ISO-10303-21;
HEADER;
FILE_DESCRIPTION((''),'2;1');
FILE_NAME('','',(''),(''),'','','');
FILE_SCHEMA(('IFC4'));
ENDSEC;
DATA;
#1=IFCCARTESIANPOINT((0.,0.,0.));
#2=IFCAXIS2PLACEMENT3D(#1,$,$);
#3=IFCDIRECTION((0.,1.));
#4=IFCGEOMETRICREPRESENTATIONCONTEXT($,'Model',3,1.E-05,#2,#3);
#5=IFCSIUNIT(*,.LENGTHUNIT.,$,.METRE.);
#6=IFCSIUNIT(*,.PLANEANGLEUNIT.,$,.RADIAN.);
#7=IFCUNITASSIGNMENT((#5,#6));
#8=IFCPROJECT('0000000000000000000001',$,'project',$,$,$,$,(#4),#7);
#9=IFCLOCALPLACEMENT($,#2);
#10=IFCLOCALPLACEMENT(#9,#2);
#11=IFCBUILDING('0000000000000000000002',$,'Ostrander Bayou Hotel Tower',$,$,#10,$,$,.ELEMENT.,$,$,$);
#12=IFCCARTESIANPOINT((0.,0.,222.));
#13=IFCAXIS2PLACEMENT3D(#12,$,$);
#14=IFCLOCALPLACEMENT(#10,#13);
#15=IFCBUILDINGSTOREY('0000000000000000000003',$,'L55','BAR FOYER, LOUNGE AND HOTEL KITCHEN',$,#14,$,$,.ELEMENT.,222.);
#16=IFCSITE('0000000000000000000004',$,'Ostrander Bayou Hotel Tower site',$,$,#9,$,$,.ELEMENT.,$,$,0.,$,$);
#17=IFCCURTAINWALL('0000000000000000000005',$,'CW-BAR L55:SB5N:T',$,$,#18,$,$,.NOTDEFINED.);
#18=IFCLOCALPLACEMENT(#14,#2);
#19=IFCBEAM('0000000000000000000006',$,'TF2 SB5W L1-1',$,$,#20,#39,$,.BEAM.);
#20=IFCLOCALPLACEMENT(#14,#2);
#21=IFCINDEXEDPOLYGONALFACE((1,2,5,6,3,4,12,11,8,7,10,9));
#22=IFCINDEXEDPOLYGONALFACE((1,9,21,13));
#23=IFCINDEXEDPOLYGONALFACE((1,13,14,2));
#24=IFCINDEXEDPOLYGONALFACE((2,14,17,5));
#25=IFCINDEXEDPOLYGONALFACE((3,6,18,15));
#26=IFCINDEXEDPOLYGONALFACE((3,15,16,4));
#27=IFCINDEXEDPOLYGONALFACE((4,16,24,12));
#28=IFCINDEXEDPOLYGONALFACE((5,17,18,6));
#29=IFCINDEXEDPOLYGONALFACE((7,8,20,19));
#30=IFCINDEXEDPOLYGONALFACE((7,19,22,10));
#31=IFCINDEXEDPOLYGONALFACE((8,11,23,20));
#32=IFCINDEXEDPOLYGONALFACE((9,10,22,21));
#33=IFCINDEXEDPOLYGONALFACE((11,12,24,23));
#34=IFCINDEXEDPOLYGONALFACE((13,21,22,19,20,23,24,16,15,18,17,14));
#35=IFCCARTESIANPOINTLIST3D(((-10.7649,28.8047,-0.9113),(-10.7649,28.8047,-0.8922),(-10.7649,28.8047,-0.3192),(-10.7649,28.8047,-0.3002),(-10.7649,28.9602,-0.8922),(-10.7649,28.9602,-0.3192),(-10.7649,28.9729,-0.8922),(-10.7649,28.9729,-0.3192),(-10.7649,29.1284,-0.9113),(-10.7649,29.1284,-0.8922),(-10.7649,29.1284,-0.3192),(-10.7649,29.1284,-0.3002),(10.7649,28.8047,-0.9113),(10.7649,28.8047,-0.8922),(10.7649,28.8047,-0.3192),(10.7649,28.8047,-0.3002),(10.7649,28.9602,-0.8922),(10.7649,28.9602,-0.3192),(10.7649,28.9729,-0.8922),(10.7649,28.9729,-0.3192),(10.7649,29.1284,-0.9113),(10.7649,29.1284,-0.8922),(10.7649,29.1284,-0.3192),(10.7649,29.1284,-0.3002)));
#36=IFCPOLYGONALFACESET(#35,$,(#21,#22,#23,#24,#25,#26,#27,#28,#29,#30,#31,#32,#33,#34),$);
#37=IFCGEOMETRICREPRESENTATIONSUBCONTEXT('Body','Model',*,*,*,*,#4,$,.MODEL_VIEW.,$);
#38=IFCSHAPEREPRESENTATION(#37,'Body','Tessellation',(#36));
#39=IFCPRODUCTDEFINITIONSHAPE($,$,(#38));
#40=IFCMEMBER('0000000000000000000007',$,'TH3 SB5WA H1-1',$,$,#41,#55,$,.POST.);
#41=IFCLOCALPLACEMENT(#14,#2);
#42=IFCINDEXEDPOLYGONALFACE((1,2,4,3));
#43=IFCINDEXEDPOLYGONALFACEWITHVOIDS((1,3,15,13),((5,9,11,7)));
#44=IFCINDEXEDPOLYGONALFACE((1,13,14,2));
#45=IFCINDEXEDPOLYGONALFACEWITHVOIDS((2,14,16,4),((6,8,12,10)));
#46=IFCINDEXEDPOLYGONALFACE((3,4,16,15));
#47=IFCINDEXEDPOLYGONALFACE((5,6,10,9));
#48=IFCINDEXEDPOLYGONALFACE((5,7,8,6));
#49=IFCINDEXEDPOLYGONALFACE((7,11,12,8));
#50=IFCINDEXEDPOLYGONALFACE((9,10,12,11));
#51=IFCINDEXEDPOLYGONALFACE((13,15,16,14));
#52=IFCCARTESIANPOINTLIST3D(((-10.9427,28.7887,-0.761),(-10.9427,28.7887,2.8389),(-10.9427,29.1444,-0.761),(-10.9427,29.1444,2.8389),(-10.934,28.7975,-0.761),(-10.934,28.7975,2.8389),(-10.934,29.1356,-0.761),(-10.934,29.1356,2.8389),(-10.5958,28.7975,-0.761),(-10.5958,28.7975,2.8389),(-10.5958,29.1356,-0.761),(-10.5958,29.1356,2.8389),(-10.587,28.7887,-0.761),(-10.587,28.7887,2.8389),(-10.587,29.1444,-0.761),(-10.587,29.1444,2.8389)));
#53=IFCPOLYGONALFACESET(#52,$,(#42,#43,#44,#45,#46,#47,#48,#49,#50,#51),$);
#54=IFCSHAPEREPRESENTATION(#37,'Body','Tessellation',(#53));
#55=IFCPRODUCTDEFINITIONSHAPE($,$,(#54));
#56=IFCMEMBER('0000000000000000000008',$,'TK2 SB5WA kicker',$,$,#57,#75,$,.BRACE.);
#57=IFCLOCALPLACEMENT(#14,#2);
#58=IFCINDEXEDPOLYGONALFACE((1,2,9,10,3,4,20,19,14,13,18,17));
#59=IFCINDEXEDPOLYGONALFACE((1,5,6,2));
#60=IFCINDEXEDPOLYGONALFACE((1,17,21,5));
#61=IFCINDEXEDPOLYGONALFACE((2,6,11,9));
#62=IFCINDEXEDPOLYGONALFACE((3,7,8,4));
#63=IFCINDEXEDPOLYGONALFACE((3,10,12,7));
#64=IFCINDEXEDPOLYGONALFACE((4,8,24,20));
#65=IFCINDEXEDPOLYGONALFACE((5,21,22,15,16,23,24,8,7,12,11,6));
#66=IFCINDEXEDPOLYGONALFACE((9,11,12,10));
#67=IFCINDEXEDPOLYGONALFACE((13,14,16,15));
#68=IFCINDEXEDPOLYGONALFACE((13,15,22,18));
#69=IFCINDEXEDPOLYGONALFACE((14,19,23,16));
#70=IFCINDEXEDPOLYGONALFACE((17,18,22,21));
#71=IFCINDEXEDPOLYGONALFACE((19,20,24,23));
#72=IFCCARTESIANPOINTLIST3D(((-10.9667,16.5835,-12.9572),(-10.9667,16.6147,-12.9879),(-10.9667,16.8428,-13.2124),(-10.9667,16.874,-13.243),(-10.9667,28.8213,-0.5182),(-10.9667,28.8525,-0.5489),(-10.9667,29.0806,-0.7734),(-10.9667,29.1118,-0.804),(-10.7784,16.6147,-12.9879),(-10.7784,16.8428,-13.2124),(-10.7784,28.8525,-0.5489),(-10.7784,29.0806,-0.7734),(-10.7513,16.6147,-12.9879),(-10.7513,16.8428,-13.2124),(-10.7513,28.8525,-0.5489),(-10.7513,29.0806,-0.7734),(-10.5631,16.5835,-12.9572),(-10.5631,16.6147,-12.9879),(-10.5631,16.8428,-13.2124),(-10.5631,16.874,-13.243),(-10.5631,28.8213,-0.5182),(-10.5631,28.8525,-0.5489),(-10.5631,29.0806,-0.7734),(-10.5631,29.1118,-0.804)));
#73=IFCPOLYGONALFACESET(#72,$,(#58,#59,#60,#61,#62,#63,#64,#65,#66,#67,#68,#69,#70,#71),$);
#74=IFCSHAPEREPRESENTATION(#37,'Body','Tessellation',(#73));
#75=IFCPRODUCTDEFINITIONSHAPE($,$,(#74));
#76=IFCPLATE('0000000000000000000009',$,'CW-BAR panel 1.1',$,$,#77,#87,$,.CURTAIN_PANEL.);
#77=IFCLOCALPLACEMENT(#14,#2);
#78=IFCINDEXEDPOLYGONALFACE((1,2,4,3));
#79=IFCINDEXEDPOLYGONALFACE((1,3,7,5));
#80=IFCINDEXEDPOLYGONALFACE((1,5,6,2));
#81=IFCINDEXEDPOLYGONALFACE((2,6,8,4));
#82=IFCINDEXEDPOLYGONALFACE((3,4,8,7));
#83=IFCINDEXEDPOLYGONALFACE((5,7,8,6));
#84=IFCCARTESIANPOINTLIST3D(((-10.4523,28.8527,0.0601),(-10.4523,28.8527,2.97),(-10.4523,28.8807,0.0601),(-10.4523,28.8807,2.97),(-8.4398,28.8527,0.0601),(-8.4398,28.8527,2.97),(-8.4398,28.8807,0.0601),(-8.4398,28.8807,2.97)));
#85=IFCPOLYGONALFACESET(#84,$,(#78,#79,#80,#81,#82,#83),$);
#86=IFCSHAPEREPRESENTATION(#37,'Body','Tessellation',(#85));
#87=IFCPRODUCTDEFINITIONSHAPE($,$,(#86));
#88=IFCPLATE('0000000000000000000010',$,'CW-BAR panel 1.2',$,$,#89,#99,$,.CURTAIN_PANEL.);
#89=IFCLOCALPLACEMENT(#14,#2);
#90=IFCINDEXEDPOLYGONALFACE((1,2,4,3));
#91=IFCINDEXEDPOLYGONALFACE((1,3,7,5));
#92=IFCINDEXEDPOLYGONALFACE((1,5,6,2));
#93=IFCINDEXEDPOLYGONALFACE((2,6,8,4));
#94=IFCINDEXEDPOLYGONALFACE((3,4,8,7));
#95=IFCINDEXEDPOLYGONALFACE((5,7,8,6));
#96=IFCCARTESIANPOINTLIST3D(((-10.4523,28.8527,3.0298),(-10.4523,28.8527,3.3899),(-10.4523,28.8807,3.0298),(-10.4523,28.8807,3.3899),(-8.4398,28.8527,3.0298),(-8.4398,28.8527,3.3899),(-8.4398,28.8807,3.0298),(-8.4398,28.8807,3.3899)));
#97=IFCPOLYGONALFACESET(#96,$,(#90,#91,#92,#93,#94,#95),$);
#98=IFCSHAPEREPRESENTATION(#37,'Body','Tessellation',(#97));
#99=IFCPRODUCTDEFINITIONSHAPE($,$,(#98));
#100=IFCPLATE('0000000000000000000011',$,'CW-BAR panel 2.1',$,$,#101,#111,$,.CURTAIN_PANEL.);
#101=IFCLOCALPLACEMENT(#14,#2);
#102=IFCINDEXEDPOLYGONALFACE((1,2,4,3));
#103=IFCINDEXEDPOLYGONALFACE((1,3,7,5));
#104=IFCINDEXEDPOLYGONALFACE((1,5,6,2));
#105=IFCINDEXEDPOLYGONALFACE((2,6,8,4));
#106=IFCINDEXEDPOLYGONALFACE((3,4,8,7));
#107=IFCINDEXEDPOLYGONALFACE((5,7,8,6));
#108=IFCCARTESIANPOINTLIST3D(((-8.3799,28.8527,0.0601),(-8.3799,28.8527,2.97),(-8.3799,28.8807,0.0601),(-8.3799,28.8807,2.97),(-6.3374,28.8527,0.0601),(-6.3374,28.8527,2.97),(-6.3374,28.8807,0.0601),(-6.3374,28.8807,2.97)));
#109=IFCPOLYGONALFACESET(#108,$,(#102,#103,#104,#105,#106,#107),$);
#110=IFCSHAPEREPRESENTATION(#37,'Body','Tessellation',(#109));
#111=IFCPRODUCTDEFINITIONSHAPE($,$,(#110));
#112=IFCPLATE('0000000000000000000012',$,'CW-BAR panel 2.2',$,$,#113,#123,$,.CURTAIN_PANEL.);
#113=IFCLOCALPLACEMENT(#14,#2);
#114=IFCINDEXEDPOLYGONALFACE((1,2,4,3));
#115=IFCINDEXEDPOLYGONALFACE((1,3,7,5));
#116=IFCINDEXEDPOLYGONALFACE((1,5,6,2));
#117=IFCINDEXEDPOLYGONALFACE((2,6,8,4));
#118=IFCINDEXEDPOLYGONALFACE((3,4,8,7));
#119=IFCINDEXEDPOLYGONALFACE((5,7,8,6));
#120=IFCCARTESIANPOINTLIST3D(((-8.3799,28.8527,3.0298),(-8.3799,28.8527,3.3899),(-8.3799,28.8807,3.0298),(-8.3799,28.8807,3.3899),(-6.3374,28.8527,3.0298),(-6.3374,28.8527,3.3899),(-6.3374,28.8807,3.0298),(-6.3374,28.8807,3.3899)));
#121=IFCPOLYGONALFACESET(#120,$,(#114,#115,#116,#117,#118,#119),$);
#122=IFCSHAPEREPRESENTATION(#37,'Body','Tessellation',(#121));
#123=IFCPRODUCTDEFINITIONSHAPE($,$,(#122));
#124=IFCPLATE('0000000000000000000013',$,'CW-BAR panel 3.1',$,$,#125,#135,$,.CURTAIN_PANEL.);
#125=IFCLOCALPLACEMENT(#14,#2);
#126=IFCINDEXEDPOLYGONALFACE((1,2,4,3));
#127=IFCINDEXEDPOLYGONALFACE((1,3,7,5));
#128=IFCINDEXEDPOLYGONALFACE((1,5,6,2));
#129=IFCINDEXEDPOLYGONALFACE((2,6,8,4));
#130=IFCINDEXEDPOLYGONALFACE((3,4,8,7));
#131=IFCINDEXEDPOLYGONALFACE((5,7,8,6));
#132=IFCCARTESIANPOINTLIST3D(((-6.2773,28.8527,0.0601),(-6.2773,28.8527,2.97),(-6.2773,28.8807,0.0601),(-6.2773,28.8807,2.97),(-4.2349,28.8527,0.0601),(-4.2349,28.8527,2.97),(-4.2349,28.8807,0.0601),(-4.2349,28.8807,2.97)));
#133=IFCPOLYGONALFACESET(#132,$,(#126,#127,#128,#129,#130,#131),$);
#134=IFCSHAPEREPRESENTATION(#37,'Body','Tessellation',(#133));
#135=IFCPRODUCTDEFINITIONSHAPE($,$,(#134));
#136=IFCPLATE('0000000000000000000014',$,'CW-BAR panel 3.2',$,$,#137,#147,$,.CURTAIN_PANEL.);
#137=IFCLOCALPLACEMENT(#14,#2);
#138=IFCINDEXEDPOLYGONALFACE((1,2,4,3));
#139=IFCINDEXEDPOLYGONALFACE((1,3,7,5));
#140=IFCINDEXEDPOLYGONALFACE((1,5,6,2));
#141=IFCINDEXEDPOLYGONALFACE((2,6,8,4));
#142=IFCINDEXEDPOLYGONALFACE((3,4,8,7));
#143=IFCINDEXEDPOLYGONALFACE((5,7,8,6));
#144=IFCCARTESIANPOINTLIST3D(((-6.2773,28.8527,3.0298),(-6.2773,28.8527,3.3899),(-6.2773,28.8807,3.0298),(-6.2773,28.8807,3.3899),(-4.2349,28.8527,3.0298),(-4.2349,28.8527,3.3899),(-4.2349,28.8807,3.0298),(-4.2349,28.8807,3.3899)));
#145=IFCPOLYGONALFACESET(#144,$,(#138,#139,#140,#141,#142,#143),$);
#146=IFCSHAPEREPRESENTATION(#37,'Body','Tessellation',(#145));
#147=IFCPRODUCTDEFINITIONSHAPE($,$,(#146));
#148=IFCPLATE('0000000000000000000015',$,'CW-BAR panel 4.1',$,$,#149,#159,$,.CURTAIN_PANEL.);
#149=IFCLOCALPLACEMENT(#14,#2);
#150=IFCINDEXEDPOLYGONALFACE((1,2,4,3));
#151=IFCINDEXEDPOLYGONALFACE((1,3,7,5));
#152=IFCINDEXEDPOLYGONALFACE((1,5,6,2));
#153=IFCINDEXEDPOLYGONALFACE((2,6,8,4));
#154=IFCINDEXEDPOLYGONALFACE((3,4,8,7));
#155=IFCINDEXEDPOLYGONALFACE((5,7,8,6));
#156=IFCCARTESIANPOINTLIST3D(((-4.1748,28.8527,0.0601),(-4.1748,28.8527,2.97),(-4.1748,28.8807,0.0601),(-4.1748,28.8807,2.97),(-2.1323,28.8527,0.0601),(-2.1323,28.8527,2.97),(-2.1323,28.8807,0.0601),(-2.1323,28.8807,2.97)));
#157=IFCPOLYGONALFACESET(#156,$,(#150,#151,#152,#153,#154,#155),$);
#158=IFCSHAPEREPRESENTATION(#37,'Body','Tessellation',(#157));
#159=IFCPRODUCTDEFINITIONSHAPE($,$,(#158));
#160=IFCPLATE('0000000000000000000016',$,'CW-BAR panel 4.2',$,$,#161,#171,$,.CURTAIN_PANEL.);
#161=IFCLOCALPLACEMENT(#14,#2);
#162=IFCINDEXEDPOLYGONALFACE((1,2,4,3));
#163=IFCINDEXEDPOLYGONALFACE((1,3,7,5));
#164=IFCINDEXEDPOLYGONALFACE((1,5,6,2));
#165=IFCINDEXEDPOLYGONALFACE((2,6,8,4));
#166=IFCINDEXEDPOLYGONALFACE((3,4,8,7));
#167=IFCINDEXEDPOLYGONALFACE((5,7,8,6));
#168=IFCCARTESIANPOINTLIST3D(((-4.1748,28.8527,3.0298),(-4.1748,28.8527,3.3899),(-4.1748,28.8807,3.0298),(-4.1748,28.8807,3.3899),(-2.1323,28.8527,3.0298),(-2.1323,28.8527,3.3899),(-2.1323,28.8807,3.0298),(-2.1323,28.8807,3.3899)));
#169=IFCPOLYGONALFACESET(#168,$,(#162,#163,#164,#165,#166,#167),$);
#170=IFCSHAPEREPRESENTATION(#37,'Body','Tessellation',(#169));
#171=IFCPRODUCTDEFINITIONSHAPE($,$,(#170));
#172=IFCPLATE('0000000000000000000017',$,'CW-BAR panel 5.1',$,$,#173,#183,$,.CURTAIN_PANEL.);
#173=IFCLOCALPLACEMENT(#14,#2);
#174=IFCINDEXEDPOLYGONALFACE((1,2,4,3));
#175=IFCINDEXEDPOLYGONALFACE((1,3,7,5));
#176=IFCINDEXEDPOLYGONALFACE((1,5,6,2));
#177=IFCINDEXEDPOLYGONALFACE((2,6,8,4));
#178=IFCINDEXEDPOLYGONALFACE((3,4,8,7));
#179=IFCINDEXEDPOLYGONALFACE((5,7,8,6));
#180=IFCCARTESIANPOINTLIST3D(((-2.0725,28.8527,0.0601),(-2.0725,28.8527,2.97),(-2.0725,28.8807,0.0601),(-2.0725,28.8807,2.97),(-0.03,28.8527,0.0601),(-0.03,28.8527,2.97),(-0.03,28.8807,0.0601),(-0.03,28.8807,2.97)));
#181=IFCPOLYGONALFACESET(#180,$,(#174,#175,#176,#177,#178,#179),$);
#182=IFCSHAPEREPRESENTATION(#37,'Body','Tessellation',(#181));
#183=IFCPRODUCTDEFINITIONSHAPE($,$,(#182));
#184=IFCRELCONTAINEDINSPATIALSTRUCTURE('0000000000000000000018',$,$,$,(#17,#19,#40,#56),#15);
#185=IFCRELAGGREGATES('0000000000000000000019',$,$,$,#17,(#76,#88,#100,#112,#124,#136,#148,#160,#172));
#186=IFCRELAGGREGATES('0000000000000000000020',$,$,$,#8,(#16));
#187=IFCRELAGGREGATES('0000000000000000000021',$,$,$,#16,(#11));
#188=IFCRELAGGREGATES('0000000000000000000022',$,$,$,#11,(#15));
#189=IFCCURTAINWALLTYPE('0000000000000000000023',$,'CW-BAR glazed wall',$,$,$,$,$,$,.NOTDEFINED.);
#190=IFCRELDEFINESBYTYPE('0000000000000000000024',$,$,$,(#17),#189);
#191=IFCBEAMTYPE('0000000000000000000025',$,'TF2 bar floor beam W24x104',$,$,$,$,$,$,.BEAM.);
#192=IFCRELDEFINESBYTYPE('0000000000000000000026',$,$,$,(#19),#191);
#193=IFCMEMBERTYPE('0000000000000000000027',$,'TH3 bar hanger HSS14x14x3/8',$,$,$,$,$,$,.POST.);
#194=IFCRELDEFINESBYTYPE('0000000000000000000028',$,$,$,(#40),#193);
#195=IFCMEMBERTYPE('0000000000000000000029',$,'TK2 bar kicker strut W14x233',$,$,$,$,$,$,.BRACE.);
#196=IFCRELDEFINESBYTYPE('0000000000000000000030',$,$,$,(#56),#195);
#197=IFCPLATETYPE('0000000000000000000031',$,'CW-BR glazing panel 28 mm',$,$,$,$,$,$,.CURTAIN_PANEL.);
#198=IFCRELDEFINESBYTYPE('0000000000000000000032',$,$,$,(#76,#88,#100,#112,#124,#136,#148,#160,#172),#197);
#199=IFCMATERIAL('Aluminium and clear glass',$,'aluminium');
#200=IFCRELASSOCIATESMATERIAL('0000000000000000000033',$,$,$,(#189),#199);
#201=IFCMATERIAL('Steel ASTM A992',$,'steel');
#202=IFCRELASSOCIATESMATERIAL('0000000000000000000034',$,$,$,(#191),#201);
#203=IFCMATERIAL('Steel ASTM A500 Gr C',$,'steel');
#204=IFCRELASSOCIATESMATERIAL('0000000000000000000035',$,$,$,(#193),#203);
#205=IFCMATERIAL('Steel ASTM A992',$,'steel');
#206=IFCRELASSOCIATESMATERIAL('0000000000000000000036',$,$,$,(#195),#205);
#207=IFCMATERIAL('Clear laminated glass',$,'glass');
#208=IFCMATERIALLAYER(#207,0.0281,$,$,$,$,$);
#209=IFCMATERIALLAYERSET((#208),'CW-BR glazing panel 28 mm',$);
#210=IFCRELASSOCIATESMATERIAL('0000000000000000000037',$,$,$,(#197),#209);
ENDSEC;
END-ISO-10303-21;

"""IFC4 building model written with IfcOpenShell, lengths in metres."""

from ifc_helpers import new_model, si_unit, direction, frame, origin, origin_2d, place, context, subcontext, project, spatial, rectangle, hollow_rectangle, i_section, extrude, material, layer, layer_set, material_profile, profile_set, type_object, element, aggregate, save


model = new_model("IFC4")

# Units and contexts
model_context = context("Model", 3, precision=1e-05, world=origin(), true_north=direction((0.0, 1.0)))
body_context = subcontext(model_context, "Body", "Model", "MODEL_VIEW")
ifc_project = project(units=[si_unit("LENGTHUNIT", "METRE"), si_unit("PLANEANGLEUNIT", "RADIAN")], contexts=[model_context])

# Site, building, storey
site_placement = place(None, origin())
site = spatial("IfcSite", under=ifc_project, at=site_placement, Name="Ostrander Bayou Hotel Tower site", CompositionType="ELEMENT", RefElevation=0.0)
building_placement = place(site_placement, origin())
building = spatial("IfcBuilding", under=site, at=building_placement, Name="Ostrander Bayou Hotel Tower", CompositionType="ELEMENT")
storey_placement = place(building_placement, frame((0.0, 0.0, 222.0)))
storey = spatial("IfcBuildingStorey", under=building, at=storey_placement, Name="L55", Description="BAR FOYER, LOUNGE AND HOTEL KITCHEN", CompositionType="ELEMENT", Elevation=222.0)

# Shared definitions
ifc_material_1 = material(Name="Aluminium and clear glass", Category="aluminium")
curtain_wall_type = type_object("IfcCurtainWallType", Name="CW-BAR glazed wall", PredefinedType="NOTDEFINED", material=ifc_material_1)

# Curtain wall
curtain_wall_1_placement = place(storey_placement, origin())
curtain_wall_1 = element("IfcCurtainWall", 1, at=curtain_wall_1_placement, inside=storey, type_object=curtain_wall_type, Name="CW-BAR L55:SB5N:T", PredefinedType="NOTDEFINED")

# Beam
ifc_material_2 = material(Name="Steel ASTM A992", Category="steel")
ifc_material_profile_1 = material_profile(ifc_material_2, i_section(OverallWidth=0.3237, OverallDepth=0.6111, WebThickness=0.0127, FlangeThickness=0.019, at=origin_2d()))
ifc_profile_set_1 = profile_set([ifc_material_profile_1], Name="Steel ASTM A992")
beam_type = type_object("IfcBeamType", Name="TF2 bar floor beam W24x104", PredefinedType="BEAM", material=ifc_profile_set_1)
beam_placement = place(storey_placement, frame((-10.7649, 28.9666, -0.6057), z_axis=(1.0, 0.0, 0.0), x_axis=(0.0, 1.0, 0.0)))
element("IfcBeam", 2, at=beam_placement, inside=storey, type_object=beam_type, Name="TF2 SB5W L1-1", PredefinedType="BEAM", context=body_context, shape_type="SweptSolid", body=[
    extrude(i_section(OverallWidth=0.3237, OverallDepth=0.6111, WebThickness=0.0127, FlangeThickness=0.019, at=origin_2d()), origin(), (0.0, 0.0, 1.0), 21.5298),
])

# Members
ifc_material_3 = material(Name="Steel ASTM A500 Gr C", Category="steel")
ifc_material_profile_2 = material_profile(ifc_material_3, hollow_rectangle(XDim=0.3557, YDim=0.3557, WallThickness=0.0088, at=origin_2d()))
ifc_profile_set_2 = profile_set([ifc_material_profile_2], Name="Steel ASTM A500 Gr C")
member_type_1 = type_object("IfcMemberType", Name="TH3 bar hanger HSS14x14x3/8", PredefinedType="POST", material=ifc_profile_set_2)
member_1_placement = place(storey_placement, frame((-10.7649, 28.9666, -0.761), z_axis=(0.0, 0.0, 1.0), x_axis=(1.0, 0.0, 0.0)))
element("IfcMember", 3, at=member_1_placement, inside=storey, type_object=member_type_1, Name="TH3 SB5WA H1-1", PredefinedType="POST", context=body_context, shape_type="SweptSolid", body=[
    extrude(hollow_rectangle(XDim=0.3557, YDim=0.3557, WallThickness=0.0088, at=origin_2d()), origin(), (0.0, 0.0, 1.0), 3.5999),
])
ifc_material_4 = material(Name="Steel ASTM A992", Category="steel")
ifc_material_profile_3 = material_profile(ifc_material_4, i_section(OverallWidth=0.4036, OverallDepth=0.4075, WebThickness=0.0271, FlangeThickness=0.0437, at=origin_2d()))
ifc_profile_set_3 = profile_set([ifc_material_profile_3], Name="Steel ASTM A992")
member_type_2 = type_object("IfcMemberType", Name="TK2 bar kicker strut W14x233", PredefinedType="BRACE", material=ifc_profile_set_3)
member_2_placement = place(storey_placement, frame((-10.7649, 28.9666, -0.6611), z_axis=(0.0, -0.701319, -0.712848), x_axis=(1.0, 0.0, 0.0)))
element("IfcMember", 4, at=member_2_placement, inside=storey, type_object=member_type_2, Name="TK2 SB5WA kicker", PredefinedType="BRACE", context=body_context, shape_type="SweptSolid", body=[
    extrude(i_section(OverallWidth=0.4036, OverallDepth=0.4075, WebThickness=0.0271, FlangeThickness=0.0437, at=origin_2d()), origin(), (0.0, 0.0, 1.0), 17.4497),
])

# Plates
ifc_material_5 = material(Name="Clear laminated glass", Category="glass")
ifc_layer_1 = layer(ifc_material_5, 0.0281)
ifc_layer_set_1 = layer_set([ifc_layer_1], Name="CW-BR glazing panel 28 mm")
plate_type = type_object("IfcPlateType", Name="CW-BR glazing panel 28 mm", PredefinedType="CURTAIN_PANEL", material=ifc_layer_set_1)
plate_1_placement = place(storey_placement, frame((-9.446, 28.8667, 0.0601), z_axis=(0.0, 0.0, 1.0), x_axis=(1.0, 0.0, 0.0)))
plate_1 = element("IfcPlate", 5, at=plate_1_placement, type_object=plate_type, Name="CW-BAR panel 1.1", PredefinedType="CURTAIN_PANEL", context=body_context, shape_type="SweptSolid", body=[
    extrude(rectangle(XDim=2.0125, YDim=0.0281, at=origin_2d()), origin(), (0.0, 0.0, 1.0), 2.9099),
])
plate_2_placement = place(storey_placement, frame((-9.446, 28.8667, 3.0298), z_axis=(0.0, 0.0, 1.0), x_axis=(1.0, 0.0, 0.0)))
plate_2 = element("IfcPlate", 6, at=plate_2_placement, type_object=plate_type, Name="CW-BAR panel 1.2", PredefinedType="CURTAIN_PANEL", context=body_context, shape_type="SweptSolid", body=[
    extrude(rectangle(XDim=2.0125, YDim=0.0281, at=origin_2d()), origin(), (0.0, 0.0, 1.0), 0.3601),
])
plate_3_placement = place(storey_placement, frame((-7.3586, 28.8667, 0.0601), z_axis=(0.0, 0.0, 1.0), x_axis=(1.0, 0.0, 0.0)))
plate_3 = element("IfcPlate", 7, at=plate_3_placement, type_object=plate_type, Name="CW-BAR panel 2.1", PredefinedType="CURTAIN_PANEL", context=body_context, shape_type="SweptSolid", body=[
    extrude(rectangle(XDim=2.0425, YDim=0.0281, at=origin_2d()), origin(), (0.0, 0.0, 1.0), 2.9099),
])
plate_4_placement = place(storey_placement, frame((-7.3586, 28.8667, 3.0298), z_axis=(0.0, 0.0, 1.0), x_axis=(1.0, 0.0, 0.0)))
plate_4 = element("IfcPlate", 8, at=plate_4_placement, type_object=plate_type, Name="CW-BAR panel 2.2", PredefinedType="CURTAIN_PANEL", context=body_context, shape_type="SweptSolid", body=[
    extrude(rectangle(XDim=2.0425, YDim=0.0281, at=origin_2d()), origin(), (0.0, 0.0, 1.0), 0.3601),
])
plate_5_placement = place(storey_placement, frame((-5.2561, 28.8667, 0.0601), z_axis=(0.0, 0.0, 1.0), x_axis=(1.0, 0.0, 0.0)))
plate_5 = element("IfcPlate", 9, at=plate_5_placement, type_object=plate_type, Name="CW-BAR panel 3.1", PredefinedType="CURTAIN_PANEL", context=body_context, shape_type="SweptSolid", body=[
    extrude(rectangle(XDim=2.0425, YDim=0.0281, at=origin_2d()), origin(), (0.0, 0.0, 1.0), 2.9099),
])
plate_6_placement = place(storey_placement, frame((-5.2561, 28.8667, 3.0298), z_axis=(0.0, 0.0, 1.0), x_axis=(1.0, 0.0, 0.0)))
plate_6 = element("IfcPlate", 10, at=plate_6_placement, type_object=plate_type, Name="CW-BAR panel 3.2", PredefinedType="CURTAIN_PANEL", context=body_context, shape_type="SweptSolid", body=[
    extrude(rectangle(XDim=2.0425, YDim=0.0281, at=origin_2d()), origin(), (0.0, 0.0, 1.0), 0.3601),
])
plate_7_placement = place(storey_placement, frame((-3.1536, 28.8667, 0.0601), z_axis=(0.0, 0.0, 1.0), x_axis=(1.0, 0.0, 0.0)))
plate_7 = element("IfcPlate", 11, at=plate_7_placement, type_object=plate_type, Name="CW-BAR panel 4.1", PredefinedType="CURTAIN_PANEL", context=body_context, shape_type="SweptSolid", body=[
    extrude(rectangle(XDim=2.0425, YDim=0.0281, at=origin_2d()), origin(), (0.0, 0.0, 1.0), 2.9099),
])
plate_8_placement = place(storey_placement, frame((-3.1536, 28.8667, 3.0298), z_axis=(0.0, 0.0, 1.0), x_axis=(1.0, 0.0, 0.0)))
plate_8 = element("IfcPlate", 12, at=plate_8_placement, type_object=plate_type, Name="CW-BAR panel 4.2", PredefinedType="CURTAIN_PANEL", context=body_context, shape_type="SweptSolid", body=[
    extrude(rectangle(XDim=2.0425, YDim=0.0281, at=origin_2d()), origin(), (0.0, 0.0, 1.0), 0.3601),
])
plate_9_placement = place(storey_placement, frame((-1.0513, 28.8667, 0.0601), z_axis=(0.0, 0.0, 1.0), x_axis=(1.0, 0.0, 0.0)))
plate_9 = element("IfcPlate", 13, at=plate_9_placement, type_object=plate_type, Name="CW-BAR panel 5.1", PredefinedType="CURTAIN_PANEL", context=body_context, shape_type="SweptSolid", body=[
    extrude(rectangle(XDim=2.0425, YDim=0.0281, at=origin_2d()), origin(), (0.0, 0.0, 1.0), 2.9099),
])
aggregate(curtain_wall_1, [plate_1, plate_2, plate_3, plate_4, plate_5, plate_6, plate_7, plate_8, plate_9])

save(model, "model.ifc")
